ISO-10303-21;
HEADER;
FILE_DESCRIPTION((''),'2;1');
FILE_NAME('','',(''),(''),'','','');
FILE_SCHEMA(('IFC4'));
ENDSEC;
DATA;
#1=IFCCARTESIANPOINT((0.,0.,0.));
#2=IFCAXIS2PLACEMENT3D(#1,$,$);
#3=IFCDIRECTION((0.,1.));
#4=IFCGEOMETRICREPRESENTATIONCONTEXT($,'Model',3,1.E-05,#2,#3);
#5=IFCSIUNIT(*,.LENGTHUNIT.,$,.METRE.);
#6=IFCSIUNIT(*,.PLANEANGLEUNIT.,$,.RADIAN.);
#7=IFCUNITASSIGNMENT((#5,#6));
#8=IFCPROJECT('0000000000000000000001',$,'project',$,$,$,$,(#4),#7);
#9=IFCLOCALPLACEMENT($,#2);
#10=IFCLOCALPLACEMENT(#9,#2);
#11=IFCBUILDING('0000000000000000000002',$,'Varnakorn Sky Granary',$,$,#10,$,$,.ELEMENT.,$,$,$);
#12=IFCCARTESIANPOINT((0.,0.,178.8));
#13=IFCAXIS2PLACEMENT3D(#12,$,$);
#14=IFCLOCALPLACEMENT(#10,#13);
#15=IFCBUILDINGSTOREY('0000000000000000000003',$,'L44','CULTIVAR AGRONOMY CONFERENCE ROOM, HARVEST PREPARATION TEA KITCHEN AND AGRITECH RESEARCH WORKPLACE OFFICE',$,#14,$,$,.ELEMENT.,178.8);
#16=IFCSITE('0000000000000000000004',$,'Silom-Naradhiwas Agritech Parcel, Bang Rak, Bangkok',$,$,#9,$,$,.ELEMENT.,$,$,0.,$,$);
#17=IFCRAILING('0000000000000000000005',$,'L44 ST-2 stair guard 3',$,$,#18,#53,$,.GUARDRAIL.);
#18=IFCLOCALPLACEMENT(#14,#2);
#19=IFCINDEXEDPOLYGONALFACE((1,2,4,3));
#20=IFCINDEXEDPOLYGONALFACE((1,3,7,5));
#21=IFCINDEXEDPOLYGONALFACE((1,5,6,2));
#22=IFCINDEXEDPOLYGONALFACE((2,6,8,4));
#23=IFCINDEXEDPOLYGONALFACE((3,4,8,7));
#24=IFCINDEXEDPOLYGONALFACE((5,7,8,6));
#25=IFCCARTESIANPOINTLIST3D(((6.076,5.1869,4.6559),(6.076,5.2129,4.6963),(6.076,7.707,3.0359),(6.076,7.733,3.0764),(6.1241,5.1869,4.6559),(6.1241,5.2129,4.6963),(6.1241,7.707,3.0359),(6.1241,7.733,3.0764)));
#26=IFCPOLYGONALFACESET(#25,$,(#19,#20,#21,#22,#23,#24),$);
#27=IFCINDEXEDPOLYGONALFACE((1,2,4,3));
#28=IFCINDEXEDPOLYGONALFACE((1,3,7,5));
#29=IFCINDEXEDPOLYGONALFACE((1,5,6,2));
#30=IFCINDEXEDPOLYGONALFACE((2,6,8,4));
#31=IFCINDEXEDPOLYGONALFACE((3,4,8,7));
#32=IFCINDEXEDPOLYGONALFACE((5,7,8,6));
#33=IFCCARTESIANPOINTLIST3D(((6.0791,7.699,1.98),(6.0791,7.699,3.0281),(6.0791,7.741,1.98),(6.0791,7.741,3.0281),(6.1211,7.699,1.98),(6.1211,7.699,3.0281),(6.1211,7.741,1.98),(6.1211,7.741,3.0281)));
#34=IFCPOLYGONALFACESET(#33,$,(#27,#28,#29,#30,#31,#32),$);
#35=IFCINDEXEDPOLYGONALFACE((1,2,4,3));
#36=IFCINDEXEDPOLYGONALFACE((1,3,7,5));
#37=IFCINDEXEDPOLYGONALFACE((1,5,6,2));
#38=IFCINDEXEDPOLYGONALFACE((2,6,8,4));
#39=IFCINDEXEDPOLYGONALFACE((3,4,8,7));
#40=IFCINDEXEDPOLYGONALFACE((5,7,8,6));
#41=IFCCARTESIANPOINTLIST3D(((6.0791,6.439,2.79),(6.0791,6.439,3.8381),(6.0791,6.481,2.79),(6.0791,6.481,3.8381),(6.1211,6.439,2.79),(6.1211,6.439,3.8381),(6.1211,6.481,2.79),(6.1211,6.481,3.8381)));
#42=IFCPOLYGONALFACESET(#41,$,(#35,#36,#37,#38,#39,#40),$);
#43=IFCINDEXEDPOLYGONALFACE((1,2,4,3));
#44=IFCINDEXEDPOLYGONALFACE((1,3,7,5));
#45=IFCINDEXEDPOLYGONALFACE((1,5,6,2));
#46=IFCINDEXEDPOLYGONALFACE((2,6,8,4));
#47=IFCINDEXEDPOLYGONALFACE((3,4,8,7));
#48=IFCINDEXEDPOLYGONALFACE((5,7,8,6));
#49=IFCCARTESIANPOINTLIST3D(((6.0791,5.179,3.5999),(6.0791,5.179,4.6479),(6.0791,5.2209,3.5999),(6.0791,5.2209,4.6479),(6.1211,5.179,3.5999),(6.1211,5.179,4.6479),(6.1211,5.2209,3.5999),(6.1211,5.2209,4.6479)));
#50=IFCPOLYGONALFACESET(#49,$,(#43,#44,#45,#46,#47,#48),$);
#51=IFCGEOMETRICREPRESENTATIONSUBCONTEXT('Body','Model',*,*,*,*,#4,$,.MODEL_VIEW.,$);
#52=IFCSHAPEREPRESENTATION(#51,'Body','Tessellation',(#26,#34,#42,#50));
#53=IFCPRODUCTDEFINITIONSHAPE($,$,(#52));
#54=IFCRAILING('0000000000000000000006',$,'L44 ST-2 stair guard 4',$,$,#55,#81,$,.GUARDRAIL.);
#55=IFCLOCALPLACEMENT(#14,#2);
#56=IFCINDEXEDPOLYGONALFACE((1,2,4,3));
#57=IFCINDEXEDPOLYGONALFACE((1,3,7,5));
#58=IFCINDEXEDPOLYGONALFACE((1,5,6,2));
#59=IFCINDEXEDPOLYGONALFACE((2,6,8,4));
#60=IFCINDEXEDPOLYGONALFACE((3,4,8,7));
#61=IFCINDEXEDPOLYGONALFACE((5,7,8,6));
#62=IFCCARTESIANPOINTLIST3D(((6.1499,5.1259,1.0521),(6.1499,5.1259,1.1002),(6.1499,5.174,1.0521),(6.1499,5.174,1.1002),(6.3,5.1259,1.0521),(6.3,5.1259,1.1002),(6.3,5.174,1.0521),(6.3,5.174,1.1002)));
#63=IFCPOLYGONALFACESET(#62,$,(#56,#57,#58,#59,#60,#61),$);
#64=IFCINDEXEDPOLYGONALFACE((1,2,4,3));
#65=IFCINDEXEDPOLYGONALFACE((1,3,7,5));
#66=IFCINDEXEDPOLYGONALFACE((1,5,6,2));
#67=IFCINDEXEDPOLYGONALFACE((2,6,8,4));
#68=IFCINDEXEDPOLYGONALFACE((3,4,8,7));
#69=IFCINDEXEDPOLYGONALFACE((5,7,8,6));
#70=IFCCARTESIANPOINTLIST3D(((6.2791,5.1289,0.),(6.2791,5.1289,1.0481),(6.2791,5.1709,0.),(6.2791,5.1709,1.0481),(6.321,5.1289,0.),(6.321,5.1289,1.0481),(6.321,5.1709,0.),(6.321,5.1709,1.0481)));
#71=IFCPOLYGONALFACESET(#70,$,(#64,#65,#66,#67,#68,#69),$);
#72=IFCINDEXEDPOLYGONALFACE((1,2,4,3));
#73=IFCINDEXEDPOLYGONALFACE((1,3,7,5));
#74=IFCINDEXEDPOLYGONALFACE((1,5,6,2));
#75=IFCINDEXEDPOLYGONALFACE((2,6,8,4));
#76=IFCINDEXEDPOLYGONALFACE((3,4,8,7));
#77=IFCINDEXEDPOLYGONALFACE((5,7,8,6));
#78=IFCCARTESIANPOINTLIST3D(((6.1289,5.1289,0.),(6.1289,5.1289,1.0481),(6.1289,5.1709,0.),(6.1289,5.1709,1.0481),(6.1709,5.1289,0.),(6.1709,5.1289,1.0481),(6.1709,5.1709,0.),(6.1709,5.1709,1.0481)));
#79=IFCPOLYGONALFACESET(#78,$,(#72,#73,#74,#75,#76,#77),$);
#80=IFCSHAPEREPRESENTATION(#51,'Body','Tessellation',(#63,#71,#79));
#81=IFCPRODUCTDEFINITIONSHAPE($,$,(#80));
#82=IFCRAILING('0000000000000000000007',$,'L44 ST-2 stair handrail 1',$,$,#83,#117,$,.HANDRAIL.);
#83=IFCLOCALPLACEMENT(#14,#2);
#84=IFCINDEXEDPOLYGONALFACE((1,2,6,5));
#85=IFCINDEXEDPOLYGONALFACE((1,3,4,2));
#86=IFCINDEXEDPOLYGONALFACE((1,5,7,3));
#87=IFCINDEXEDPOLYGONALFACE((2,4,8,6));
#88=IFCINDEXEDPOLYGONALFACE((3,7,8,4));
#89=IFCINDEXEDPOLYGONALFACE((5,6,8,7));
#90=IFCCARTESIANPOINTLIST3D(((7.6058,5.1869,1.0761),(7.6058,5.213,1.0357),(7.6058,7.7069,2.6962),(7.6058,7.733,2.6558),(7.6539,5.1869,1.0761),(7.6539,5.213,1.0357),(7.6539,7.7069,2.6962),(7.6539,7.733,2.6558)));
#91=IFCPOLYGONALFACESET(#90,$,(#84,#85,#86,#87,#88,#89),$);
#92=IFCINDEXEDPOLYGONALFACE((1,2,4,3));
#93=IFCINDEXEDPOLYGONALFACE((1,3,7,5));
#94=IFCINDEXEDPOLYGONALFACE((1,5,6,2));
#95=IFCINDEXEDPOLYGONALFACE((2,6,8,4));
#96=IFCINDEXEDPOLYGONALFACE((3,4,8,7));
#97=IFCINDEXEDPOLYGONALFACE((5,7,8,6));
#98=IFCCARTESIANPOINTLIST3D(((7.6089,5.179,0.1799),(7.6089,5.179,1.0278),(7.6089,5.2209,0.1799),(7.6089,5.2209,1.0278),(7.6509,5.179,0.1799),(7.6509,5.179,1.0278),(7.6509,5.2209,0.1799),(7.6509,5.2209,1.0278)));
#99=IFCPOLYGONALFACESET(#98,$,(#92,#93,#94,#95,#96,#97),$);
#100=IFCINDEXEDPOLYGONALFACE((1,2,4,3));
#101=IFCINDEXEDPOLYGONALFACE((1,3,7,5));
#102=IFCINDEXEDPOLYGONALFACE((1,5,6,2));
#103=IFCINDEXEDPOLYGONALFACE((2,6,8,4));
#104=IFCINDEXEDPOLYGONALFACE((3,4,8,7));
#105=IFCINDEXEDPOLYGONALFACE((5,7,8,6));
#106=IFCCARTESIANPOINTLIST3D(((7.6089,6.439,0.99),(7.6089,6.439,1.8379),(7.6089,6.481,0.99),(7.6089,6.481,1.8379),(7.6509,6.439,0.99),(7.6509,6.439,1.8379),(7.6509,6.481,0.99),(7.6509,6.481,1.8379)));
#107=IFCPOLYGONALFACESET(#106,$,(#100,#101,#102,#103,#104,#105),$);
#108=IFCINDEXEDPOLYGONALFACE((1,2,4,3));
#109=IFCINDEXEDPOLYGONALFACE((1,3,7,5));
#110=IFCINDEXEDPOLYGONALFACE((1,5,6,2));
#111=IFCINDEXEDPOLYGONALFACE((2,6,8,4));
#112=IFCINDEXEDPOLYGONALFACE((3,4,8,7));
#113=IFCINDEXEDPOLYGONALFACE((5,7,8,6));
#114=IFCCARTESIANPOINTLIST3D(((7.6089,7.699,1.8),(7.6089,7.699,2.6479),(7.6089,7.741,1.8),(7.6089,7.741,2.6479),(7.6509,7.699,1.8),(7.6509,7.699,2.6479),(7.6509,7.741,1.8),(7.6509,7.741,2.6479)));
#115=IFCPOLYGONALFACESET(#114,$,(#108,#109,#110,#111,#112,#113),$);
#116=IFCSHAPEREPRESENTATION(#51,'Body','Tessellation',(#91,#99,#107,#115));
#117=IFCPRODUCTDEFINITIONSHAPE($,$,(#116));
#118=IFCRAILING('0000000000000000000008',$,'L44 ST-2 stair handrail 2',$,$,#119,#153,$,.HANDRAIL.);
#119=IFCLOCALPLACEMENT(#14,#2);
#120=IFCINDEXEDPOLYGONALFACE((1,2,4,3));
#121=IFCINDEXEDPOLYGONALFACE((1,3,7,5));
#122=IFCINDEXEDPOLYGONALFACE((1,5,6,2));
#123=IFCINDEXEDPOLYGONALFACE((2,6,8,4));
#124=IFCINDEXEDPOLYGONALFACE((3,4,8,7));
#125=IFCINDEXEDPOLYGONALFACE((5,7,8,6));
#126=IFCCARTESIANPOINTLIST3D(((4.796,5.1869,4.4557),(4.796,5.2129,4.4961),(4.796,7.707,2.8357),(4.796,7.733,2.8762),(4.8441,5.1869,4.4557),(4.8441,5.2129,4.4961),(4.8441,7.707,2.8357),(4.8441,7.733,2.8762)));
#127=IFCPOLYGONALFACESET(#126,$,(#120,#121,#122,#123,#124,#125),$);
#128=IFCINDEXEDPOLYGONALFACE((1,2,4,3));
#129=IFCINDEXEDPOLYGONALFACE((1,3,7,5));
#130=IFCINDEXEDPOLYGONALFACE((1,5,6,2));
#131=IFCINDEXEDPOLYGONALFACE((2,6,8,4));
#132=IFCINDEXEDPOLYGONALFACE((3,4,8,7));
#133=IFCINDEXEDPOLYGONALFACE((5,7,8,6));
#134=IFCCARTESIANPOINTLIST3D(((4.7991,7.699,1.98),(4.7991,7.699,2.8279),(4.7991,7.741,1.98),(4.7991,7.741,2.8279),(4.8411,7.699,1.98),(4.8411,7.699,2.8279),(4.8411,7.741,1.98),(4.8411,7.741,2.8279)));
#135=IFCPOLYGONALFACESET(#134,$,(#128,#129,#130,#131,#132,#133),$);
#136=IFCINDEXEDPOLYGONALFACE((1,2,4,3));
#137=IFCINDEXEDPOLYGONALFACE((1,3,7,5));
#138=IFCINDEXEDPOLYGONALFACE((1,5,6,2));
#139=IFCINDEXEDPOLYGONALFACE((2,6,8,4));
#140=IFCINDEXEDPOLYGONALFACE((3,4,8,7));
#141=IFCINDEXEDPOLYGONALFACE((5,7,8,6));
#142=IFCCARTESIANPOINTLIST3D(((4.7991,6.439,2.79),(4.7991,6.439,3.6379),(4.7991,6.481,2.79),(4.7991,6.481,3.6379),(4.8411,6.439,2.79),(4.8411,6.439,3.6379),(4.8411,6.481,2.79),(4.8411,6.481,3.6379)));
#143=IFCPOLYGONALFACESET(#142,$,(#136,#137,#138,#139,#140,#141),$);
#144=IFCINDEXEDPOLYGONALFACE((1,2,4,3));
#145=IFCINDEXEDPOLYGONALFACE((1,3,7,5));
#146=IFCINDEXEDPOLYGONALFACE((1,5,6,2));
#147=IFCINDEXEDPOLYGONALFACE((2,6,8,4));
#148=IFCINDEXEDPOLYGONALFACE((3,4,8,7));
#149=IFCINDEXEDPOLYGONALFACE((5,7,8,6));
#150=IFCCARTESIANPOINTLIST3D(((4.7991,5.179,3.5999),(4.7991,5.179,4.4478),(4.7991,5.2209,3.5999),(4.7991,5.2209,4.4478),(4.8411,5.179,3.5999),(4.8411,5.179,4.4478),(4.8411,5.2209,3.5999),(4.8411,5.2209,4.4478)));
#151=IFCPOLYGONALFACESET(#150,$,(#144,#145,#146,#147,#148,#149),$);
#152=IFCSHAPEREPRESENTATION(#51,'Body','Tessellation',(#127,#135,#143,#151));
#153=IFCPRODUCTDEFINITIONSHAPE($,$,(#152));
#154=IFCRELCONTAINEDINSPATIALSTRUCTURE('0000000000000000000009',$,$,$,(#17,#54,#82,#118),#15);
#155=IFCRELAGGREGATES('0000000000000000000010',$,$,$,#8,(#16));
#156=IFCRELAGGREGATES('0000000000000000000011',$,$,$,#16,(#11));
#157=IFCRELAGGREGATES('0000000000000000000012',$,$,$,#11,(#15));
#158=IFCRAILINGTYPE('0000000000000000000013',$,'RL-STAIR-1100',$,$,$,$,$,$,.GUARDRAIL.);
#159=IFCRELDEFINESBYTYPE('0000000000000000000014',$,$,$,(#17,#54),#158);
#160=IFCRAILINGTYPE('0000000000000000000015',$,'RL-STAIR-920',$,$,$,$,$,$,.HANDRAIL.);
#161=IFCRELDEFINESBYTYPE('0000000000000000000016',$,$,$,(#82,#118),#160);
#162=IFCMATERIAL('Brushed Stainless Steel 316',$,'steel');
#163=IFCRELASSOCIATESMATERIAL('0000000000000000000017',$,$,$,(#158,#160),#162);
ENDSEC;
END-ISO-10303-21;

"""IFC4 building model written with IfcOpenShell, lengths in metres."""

from ifc_helpers import new_model, si_unit, direction, frame, origin, origin_2d, place, context, subcontext, project, spatial, rectangle, extrude, material, type_object, element, save


model = new_model("IFC4")

# Units and contexts
model_context = context("Model", 3, precision=1e-05, world=origin(), true_north=direction((0.0, 1.0)))
body_context = subcontext(model_context, "Body", "Model", "MODEL_VIEW")
ifc_project = project(units=[si_unit("LENGTHUNIT", "METRE"), si_unit("PLANEANGLEUNIT", "RADIAN")], contexts=[model_context])

# Site, building, storey
site_placement = place(None, origin())
site = spatial("IfcSite", under=ifc_project, at=site_placement, Name="Silom-Naradhiwas Agritech Parcel, Bang Rak, Bangkok", CompositionType="ELEMENT", RefElevation=0.0)
building_placement = place(site_placement, origin())
building = spatial("IfcBuilding", under=site, at=building_placement, Name="Varnakorn Sky Granary", CompositionType="ELEMENT")
storey_placement = place(building_placement, frame((0.0, 0.0, 178.8)))
storey = spatial("IfcBuildingStorey", under=building, at=storey_placement, Name="L44", Description="CULTIVAR AGRONOMY CONFERENCE ROOM, HARVEST PREPARATION TEA KITCHEN AND AGRITECH RESEARCH WORKPLACE OFFICE", CompositionType="ELEMENT", Elevation=178.8)

# Railings
ifc_material_1 = material(Name="Brushed Stainless Steel 316", Category="steel")
railing_type_1 = type_object("IfcRailingType", Name="RL-STAIR-1100", PredefinedType="GUARDRAIL", material=ifc_material_1)
railing_1_placement = place(storey_placement, frame((6.1001, 7.72, 1.98)))
element("IfcRailing", 1, at=railing_1_placement, inside=storey, type_object=railing_type_1, Name="L44 ST-2 stair guard 3", PredefinedType="GUARDRAIL", context=body_context, shape_type="SweptSolid", body=[
    extrude(rectangle(XDim=0.0481, YDim=0.0481, at=origin_2d()), frame((0.0, 0.0, 1.0762), z_axis=(0.0, -0.8412, 0.540725), x_axis=(1.0, 0.0, 0.0)), (0.0, 0.0, 1.0), 2.9958),
    extrude(rectangle(XDim=0.042, YDim=0.042, at=origin_2d()), origin(), (0.0, 0.0, 1.0), 1.0481),
    extrude(rectangle(XDim=0.042, YDim=0.042, at=origin_2d()), frame((0.0, -1.26, 0.8101)), (0.0, 0.0, 1.0), 1.0481),
    extrude(rectangle(XDim=0.042, YDim=0.042, at=origin_2d()), frame((0.0, -2.52, 1.6199)), (0.0, 0.0, 1.0), 1.0481),
])
railing_2_placement = place(storey_placement, frame((6.3, 5.1499, 0.0)))
element("IfcRailing", 2, at=railing_2_placement, inside=storey, type_object=railing_type_1, Name="L44 ST-2 stair guard 4", PredefinedType="GUARDRAIL", context=body_context, shape_type="SweptSolid", body=[
    extrude(rectangle(XDim=0.0481, YDim=0.0481, at=origin_2d()), frame((0.0, 0.0, 1.0762), z_axis=(-1.0, 0.0, 0.0), x_axis=(0.0, -1.0, 0.0)), (0.0, 0.0, 1.0), 0.1501),
    extrude(rectangle(XDim=0.042, YDim=0.042, at=origin_2d()), origin(), (0.0, 0.0, 1.0), 1.0481),
    extrude(rectangle(XDim=0.042, YDim=0.042, at=origin_2d()), frame((-0.1501, 0.0, 0.0)), (0.0, 0.0, 1.0), 1.0481),
])
railing_type_2 = type_object("IfcRailingType", Name="RL-STAIR-920", PredefinedType="HANDRAIL", material=ifc_material_1)
railing_3_placement = place(storey_placement, frame((7.6299, 5.2, 0.1799)))
element("IfcRailing", 3, at=railing_3_placement, inside=storey, type_object=railing_type_2, Name="L44 ST-2 stair handrail 1", PredefinedType="HANDRAIL", context=body_context, shape_type="SweptSolid", body=[
    extrude(rectangle(XDim=0.0481, YDim=0.0481, at=origin_2d()), frame((0.0, 0.0, 0.876), z_axis=(0.0, 0.841163, 0.540782), x_axis=(-1.0, 0.0, 0.0)), (0.0, 0.0, 1.0), 2.9958),
    extrude(rectangle(XDim=0.042, YDim=0.042, at=origin_2d()), origin(), (0.0, 0.0, 1.0), 0.8479),
    extrude(rectangle(XDim=0.042, YDim=0.042, at=origin_2d()), frame((0.0, 1.26, 0.8101)), (0.0, 0.0, 1.0), 0.8479),
    extrude(rectangle(XDim=0.042, YDim=0.042, at=origin_2d()), frame((0.0, 2.52, 1.6201)), (0.0, 0.0, 1.0), 0.8479),
])
railing_4_placement = place(storey_placement, frame((4.8201, 7.72, 1.98)))
element("IfcRailing", 4, at=railing_4_placement, inside=storey, type_object=railing_type_2, Name="L44 ST-2 stair handrail 2", PredefinedType="HANDRAIL", context=body_context, shape_type="SweptSolid", body=[
    extrude(rectangle(XDim=0.0481, YDim=0.0481, at=origin_2d()), frame((0.0, 0.0, 0.876), z_axis=(0.0, -0.8412, 0.540725), x_axis=(1.0, 0.0, 0.0)), (0.0, 0.0, 1.0), 2.9958),
    extrude(rectangle(XDim=0.042, YDim=0.042, at=origin_2d()), origin(), (0.0, 0.0, 1.0), 0.8479),
    extrude(rectangle(XDim=0.042, YDim=0.042, at=origin_2d()), frame((0.0, -1.26, 0.8101)), (0.0, 0.0, 1.0), 0.8479),
    extrude(rectangle(XDim=0.042, YDim=0.042, at=origin_2d()), frame((0.0, -2.52, 1.6199)), (0.0, 0.0, 1.0), 0.8479),
])

save(model, "model.ifc")
